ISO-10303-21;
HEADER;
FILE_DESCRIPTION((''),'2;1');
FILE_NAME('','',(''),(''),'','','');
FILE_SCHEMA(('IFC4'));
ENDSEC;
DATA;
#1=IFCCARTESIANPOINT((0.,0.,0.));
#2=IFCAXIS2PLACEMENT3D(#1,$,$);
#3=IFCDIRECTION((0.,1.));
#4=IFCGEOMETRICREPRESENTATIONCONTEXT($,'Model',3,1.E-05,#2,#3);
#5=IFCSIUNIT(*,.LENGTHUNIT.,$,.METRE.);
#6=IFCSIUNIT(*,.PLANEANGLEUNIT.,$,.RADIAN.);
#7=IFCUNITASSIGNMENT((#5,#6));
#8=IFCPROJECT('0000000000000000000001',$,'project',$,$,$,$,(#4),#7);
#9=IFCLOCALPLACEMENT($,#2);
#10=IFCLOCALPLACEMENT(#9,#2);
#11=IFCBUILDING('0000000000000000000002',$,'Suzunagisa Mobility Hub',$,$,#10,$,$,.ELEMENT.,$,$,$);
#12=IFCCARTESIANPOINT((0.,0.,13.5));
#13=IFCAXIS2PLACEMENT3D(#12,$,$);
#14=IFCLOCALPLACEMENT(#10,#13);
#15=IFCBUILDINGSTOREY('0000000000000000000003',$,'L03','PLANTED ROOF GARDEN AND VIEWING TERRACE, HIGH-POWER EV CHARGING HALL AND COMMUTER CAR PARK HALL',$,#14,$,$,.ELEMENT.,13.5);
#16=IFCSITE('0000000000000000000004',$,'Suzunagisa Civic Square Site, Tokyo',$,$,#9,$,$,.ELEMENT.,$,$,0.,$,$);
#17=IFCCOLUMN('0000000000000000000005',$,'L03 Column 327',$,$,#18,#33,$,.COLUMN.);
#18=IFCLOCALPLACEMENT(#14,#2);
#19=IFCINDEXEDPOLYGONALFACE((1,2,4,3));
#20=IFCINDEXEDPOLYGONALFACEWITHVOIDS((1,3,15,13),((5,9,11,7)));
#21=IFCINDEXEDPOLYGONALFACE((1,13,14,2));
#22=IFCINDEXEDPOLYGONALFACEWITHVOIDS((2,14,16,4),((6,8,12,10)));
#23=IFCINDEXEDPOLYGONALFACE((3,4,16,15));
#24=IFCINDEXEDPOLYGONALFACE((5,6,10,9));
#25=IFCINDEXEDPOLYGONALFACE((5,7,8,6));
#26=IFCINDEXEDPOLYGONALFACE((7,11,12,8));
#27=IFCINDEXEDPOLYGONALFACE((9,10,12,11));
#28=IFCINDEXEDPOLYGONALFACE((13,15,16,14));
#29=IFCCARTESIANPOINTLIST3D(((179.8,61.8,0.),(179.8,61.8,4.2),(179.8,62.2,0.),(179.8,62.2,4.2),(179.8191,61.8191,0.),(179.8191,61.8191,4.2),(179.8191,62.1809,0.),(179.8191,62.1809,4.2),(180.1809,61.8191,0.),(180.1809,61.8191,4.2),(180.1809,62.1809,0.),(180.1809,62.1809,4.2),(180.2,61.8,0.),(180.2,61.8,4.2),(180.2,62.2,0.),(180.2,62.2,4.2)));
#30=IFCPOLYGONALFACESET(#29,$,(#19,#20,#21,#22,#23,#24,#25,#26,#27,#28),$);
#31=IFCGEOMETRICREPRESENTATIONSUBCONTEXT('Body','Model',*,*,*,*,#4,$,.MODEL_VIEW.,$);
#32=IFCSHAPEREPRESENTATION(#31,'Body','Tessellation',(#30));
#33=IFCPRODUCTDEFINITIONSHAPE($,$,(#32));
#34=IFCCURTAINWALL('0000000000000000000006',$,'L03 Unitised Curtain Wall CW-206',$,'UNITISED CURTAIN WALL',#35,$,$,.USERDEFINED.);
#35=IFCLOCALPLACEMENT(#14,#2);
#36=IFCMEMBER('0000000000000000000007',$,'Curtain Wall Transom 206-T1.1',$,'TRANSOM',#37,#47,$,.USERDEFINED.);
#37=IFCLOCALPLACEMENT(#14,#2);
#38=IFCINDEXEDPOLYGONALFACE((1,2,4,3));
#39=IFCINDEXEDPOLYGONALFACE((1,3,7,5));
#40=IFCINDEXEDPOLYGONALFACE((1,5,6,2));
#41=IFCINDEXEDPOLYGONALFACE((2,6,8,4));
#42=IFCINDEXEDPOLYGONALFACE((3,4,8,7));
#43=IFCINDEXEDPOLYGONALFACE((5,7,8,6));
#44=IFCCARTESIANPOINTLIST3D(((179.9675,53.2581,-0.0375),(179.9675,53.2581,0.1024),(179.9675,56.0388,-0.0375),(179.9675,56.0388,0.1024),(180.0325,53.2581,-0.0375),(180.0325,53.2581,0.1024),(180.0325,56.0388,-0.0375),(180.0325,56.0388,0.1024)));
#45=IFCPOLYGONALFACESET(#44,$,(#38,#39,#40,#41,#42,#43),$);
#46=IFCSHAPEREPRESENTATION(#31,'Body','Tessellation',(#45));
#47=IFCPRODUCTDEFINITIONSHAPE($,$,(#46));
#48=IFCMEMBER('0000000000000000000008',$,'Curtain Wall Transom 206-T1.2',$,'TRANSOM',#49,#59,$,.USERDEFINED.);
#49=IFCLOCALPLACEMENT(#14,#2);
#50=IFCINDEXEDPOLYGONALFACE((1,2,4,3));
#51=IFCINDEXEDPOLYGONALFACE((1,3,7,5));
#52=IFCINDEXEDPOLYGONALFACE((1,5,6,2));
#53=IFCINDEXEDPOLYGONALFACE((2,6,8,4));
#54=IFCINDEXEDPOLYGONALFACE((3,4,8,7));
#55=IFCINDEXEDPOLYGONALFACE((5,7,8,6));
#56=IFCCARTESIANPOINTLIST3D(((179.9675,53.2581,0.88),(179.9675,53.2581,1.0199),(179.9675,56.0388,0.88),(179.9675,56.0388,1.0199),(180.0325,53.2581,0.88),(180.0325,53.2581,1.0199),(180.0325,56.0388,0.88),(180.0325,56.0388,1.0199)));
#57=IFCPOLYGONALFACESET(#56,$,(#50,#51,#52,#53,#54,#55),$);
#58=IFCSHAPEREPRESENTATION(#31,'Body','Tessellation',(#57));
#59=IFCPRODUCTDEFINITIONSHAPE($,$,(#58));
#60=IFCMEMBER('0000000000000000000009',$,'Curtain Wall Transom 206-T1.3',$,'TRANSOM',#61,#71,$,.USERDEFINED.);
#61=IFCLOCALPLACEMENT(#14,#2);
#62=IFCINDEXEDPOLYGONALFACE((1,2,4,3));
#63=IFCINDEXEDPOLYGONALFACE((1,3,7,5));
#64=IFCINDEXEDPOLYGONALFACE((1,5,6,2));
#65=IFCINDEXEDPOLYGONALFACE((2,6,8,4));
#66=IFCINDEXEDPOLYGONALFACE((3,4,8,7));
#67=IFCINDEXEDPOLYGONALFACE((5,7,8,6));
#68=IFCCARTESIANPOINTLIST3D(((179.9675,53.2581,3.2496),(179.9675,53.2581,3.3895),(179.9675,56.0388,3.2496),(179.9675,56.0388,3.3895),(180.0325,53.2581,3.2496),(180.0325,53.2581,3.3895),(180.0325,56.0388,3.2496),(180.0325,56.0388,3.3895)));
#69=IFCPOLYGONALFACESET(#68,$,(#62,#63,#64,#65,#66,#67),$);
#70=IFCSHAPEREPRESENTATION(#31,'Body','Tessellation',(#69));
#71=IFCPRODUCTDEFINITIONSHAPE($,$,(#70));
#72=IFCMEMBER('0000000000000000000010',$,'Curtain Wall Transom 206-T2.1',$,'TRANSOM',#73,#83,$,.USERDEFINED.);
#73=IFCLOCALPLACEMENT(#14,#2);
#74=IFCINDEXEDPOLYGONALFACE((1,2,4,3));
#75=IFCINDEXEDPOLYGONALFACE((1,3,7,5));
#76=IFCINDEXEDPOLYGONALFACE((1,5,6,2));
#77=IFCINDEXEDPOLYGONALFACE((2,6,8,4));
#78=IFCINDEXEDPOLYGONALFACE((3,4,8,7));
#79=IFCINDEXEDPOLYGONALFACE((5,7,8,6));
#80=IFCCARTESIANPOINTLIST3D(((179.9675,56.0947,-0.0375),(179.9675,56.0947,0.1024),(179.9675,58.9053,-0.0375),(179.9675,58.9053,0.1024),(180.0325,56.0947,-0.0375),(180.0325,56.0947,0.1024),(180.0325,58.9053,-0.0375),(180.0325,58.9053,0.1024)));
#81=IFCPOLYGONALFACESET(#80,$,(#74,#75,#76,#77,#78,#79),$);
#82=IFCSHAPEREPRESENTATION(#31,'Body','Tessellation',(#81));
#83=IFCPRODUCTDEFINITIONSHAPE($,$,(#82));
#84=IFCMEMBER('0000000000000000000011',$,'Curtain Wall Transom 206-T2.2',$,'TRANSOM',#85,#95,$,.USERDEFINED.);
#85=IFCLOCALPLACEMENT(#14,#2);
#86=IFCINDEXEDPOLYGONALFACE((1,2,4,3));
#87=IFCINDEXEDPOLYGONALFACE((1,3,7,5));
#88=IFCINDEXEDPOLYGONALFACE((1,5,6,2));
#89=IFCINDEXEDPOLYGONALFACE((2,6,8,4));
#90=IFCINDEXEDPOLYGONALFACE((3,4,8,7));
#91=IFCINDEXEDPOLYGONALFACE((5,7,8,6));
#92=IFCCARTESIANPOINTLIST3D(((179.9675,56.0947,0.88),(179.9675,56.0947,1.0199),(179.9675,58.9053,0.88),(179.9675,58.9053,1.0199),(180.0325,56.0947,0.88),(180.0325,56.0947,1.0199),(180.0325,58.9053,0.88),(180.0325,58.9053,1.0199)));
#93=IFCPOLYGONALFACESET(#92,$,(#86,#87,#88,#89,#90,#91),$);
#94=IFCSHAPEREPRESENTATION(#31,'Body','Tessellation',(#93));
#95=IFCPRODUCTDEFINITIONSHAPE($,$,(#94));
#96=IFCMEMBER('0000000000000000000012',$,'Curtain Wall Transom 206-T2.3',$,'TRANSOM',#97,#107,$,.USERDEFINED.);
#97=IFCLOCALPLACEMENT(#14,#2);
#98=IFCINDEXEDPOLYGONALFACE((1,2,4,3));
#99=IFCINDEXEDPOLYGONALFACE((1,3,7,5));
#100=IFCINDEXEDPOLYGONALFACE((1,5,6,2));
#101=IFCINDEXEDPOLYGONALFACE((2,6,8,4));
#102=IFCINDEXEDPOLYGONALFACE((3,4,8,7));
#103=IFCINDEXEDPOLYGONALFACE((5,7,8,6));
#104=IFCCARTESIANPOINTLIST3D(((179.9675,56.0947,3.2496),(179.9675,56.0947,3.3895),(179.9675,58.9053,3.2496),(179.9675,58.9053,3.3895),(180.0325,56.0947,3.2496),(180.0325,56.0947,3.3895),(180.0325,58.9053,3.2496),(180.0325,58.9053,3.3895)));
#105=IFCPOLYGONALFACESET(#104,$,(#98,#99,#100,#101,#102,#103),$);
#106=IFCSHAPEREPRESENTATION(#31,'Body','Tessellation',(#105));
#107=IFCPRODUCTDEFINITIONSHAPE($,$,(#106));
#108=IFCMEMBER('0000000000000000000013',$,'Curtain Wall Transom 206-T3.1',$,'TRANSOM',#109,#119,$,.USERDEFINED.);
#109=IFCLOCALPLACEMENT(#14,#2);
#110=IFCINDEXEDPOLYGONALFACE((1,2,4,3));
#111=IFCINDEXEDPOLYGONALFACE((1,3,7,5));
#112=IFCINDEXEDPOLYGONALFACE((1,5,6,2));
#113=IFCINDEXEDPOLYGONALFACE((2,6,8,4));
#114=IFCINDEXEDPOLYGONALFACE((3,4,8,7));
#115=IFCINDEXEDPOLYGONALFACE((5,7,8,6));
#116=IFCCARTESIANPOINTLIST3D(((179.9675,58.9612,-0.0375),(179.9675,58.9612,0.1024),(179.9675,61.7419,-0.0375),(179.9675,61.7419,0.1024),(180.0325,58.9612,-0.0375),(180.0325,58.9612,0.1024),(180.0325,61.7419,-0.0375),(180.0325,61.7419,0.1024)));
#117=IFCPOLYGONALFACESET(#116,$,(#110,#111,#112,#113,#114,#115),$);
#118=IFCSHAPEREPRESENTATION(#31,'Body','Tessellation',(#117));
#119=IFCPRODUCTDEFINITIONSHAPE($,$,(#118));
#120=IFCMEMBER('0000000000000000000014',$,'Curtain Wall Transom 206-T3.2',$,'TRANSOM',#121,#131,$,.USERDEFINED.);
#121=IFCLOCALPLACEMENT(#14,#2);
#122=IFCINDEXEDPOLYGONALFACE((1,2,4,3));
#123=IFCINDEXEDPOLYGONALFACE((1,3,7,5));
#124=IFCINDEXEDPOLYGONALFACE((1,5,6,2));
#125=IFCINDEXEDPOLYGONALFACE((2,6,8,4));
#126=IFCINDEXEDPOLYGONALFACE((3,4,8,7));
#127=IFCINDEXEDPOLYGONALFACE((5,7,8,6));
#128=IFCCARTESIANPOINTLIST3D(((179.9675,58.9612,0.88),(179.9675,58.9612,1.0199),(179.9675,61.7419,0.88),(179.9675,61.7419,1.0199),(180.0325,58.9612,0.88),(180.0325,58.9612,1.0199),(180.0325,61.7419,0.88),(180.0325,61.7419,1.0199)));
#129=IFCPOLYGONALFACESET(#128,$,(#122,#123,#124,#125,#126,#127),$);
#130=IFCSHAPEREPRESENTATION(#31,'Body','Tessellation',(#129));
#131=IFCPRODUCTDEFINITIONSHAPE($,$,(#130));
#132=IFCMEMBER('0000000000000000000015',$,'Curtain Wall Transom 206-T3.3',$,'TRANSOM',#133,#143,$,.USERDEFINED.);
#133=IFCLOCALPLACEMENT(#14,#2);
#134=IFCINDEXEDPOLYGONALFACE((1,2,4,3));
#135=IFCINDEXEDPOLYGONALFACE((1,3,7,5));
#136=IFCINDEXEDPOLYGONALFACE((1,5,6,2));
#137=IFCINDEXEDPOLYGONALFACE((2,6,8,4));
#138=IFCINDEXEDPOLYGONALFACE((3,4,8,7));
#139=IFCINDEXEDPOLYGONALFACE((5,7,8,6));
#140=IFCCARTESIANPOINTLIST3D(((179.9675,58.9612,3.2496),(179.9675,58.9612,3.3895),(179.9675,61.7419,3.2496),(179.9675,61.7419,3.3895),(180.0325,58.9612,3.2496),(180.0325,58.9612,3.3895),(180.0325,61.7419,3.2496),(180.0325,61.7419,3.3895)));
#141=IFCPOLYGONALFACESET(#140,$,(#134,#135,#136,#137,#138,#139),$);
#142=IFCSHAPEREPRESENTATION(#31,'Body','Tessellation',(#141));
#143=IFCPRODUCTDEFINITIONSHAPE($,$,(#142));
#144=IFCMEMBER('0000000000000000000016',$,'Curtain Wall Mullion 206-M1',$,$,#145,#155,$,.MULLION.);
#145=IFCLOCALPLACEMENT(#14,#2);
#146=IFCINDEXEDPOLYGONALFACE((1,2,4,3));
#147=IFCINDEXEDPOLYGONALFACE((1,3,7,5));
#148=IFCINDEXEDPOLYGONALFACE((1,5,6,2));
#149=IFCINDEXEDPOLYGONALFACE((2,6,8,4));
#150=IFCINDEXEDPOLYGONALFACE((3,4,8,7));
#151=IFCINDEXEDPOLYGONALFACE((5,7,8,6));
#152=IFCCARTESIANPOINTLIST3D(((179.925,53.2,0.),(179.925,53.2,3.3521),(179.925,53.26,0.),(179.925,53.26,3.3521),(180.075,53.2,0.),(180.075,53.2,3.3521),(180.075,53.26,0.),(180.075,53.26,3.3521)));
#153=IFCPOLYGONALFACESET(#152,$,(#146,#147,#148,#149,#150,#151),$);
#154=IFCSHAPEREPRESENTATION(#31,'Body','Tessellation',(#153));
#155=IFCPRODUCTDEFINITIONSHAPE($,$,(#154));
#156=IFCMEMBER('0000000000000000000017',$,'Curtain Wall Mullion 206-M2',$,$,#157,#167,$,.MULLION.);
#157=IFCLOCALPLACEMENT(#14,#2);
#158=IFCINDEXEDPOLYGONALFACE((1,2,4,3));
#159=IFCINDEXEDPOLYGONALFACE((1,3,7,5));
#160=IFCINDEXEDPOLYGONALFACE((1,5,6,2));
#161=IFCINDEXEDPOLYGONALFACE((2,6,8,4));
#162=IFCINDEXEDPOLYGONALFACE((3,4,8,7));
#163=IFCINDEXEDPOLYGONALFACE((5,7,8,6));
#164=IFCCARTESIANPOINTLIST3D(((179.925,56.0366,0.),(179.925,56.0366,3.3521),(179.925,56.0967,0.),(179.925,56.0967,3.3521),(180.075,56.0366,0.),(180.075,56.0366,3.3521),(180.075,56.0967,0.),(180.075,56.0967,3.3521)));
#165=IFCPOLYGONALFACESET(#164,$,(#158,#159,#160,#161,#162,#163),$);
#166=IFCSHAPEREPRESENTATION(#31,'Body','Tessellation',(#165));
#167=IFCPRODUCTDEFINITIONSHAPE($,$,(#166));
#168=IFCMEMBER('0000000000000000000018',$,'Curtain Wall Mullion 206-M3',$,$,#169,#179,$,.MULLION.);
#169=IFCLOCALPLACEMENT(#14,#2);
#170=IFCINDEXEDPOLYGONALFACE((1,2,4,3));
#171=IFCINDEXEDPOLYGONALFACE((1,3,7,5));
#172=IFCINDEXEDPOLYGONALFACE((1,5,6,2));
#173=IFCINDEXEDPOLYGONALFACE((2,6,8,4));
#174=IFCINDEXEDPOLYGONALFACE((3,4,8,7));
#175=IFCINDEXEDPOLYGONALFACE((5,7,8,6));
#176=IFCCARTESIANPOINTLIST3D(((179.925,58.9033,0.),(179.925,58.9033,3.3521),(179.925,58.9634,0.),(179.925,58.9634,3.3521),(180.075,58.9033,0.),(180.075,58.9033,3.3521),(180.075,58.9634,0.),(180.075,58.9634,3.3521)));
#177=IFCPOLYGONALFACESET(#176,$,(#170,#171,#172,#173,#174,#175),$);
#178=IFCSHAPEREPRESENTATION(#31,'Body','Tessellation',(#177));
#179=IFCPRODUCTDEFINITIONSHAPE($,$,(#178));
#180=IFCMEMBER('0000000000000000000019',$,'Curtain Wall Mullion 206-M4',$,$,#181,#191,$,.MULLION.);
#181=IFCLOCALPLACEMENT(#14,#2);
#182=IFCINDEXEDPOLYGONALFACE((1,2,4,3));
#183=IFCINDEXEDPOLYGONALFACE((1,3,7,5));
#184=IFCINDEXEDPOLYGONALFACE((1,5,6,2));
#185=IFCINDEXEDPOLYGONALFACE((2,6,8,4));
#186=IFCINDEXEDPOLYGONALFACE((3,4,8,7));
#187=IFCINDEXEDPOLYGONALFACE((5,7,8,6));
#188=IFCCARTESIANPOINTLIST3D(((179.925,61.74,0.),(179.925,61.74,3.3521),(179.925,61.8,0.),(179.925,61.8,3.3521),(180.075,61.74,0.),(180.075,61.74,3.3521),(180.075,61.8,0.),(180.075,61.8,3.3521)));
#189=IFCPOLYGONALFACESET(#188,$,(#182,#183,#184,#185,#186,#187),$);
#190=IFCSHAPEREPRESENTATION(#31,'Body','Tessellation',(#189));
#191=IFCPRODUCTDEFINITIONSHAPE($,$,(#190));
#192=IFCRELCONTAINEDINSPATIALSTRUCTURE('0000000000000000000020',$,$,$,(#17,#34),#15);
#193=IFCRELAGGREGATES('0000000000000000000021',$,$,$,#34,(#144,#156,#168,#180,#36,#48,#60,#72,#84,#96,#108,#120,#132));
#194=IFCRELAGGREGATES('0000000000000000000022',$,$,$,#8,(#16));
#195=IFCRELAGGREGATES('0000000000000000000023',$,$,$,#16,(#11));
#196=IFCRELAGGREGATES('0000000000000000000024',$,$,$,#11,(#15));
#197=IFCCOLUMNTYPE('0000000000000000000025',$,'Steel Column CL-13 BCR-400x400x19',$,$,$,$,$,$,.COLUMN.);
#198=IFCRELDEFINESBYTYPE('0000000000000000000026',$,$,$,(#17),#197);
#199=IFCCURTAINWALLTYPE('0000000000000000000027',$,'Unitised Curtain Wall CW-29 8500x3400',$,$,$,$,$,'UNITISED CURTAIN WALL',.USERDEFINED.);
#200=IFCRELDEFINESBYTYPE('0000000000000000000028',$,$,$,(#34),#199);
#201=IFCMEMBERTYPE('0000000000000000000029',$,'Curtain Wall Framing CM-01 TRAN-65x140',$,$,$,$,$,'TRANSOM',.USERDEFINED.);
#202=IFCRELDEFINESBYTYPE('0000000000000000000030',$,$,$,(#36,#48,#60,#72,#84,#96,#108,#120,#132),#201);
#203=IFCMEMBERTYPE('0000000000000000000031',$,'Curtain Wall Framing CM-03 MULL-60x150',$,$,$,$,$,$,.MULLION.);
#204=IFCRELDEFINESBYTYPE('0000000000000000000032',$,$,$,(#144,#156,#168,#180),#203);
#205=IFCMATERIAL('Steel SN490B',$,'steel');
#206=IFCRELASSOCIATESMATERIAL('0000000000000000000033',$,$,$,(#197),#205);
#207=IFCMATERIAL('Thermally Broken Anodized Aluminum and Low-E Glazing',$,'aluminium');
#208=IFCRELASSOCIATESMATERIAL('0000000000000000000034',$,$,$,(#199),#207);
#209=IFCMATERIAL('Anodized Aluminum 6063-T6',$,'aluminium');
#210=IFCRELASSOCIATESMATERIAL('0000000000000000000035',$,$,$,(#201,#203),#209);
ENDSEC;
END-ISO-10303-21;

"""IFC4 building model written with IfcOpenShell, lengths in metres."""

from ifc_helpers import new_model, si_unit, direction, frame, origin, origin_2d, place, context, subcontext, project, spatial, rectangle, hollow_rectangle, extrude, material, material_profile, profile_set, type_object, element, aggregate, save


model = new_model("IFC4")

# Units and contexts
model_context = context("Model", 3, precision=1e-05, world=origin(), true_north=direction((0.0, 1.0)))
body_context = subcontext(model_context, "Body", "Model", "MODEL_VIEW")
ifc_project = project(units=[si_unit("LENGTHUNIT", "METRE"), si_unit("PLANEANGLEUNIT", "RADIAN")], contexts=[model_context])

# Site, building, storey
site_placement = place(None, origin())
site = spatial("IfcSite", under=ifc_project, at=site_placement, Name="Suzunagisa Civic Square Site, Tokyo", CompositionType="ELEMENT", RefElevation=0.0)
building_placement = place(site_placement, origin())
building = spatial("IfcBuilding", under=site, at=building_placement, Name="Suzunagisa Mobility Hub", CompositionType="ELEMENT")
storey_placement = place(building_placement, frame((0.0, 0.0, 13.5)))
storey = spatial("IfcBuildingStorey", under=building, at=storey_placement, Name="L03", Description="PLANTED ROOF GARDEN AND VIEWING TERRACE, HIGH-POWER EV CHARGING HALL AND COMMUTER CAR PARK HALL", CompositionType="ELEMENT", Elevation=13.5)

# Column
ifc_material_1 = material(Name="Steel SN490B", Category="steel")
ifc_material_profile_1 = material_profile(ifc_material_1, hollow_rectangle(XDim=0.3999, YDim=0.3999, WallThickness=0.019, at=origin_2d()), Name="BCR-400x400x19")
ifc_profile_set_1 = profile_set([ifc_material_profile_1], Name="Steel SN490B")
column_type = type_object("IfcColumnType", Name="Steel Column CL-13 BCR-400x400x19", PredefinedType="COLUMN", material=ifc_profile_set_1)
column_placement = place(storey_placement, frame((180.0, 62.0, 0.0), z_axis=(0.0, 0.0, 1.0), x_axis=(1.0, 0.0, 0.0)))
element("IfcColumn", 1, at=column_placement, inside=storey, type_object=column_type, Name="L03 Column 327", PredefinedType="COLUMN", context=body_context, shape_type="SweptSolid", body=[
    extrude(hollow_rectangle(XDim=0.3999, YDim=0.3999, WallThickness=0.019, at=origin_2d()), origin(), (0.0, 0.0, 1.0), 4.2),
])

# Curtain wall, members
ifc_material_2 = material(Name="Thermally Broken Anodized Aluminum and Low-E Glazing", Category="aluminium")
curtain_wall_type = type_object("IfcCurtainWallType", Name="Unitised Curtain Wall CW-29 8500x3400", ElementType="UNITISED CURTAIN WALL", PredefinedType="USERDEFINED", material=ifc_material_2)
curtain_wall_placement = place(storey_placement, origin())
curtain_wall = element("IfcCurtainWall", 2, at=curtain_wall_placement, inside=storey, type_object=curtain_wall_type, Name="L03 Unitised Curtain Wall CW-206", ObjectType="UNITISED CURTAIN WALL", PredefinedType="USERDEFINED")
ifc_material_3 = material(Name="Anodized Aluminum 6063-T6", Category="aluminium")
ifc_material_profile_2 = material_profile(ifc_material_3, rectangle(XDim=0.0649, YDim=0.1399, at=origin_2d()), Name="TRAN-65x140")
ifc_profile_set_2 = profile_set([ifc_material_profile_2], Name="Anodized Aluminum 6063-T6")
member_type_1 = type_object("IfcMemberType", Name="Curtain Wall Framing CM-01 TRAN-65x140", ElementType="TRANSOM", PredefinedType="USERDEFINED", material=ifc_profile_set_2)
member_1_placement = place(storey_placement, frame((180.0, 53.2581, 0.0325), z_axis=(0.0, 1.0, 0.0), x_axis=(-1.0, 0.0, 0.0)))
member_1 = element("IfcMember", 3, at=member_1_placement, type_object=member_type_1, Name="Curtain Wall Transom 206-T1.1", ObjectType="TRANSOM", PredefinedType="USERDEFINED", context=body_context, shape_type="SweptSolid", body=[
    extrude(rectangle(XDim=0.0649, YDim=0.1399, at=origin_2d()), origin(), (0.0, 0.0, 1.0), 2.7808),
])
member_2_placement = place(storey_placement, frame((180.0, 53.2581, 0.95), z_axis=(0.0, 1.0, 0.0), x_axis=(-1.0, 0.0, 0.0)))
member_2 = element("IfcMember", 4, at=member_2_placement, type_object=member_type_1, Name="Curtain Wall Transom 206-T1.2", ObjectType="TRANSOM", PredefinedType="USERDEFINED", context=body_context, shape_type="SweptSolid", body=[
    extrude(rectangle(XDim=0.0649, YDim=0.1399, at=origin_2d()), origin(), (0.0, 0.0, 1.0), 2.7808),
])
member_3_placement = place(storey_placement, frame((180.0, 53.2581, 3.3196), z_axis=(0.0, 1.0, 0.0), x_axis=(-1.0, 0.0, 0.0)))
member_3 = element("IfcMember", 5, at=member_3_placement, type_object=member_type_1, Name="Curtain Wall Transom 206-T1.3", ObjectType="TRANSOM", PredefinedType="USERDEFINED", context=body_context, shape_type="SweptSolid", body=[
    extrude(rectangle(XDim=0.0649, YDim=0.1399, at=origin_2d()), origin(), (0.0, 0.0, 1.0), 2.7808),
])
member_4_placement = place(storey_placement, frame((180.0, 56.0947, 0.0325), z_axis=(0.0, 1.0, 0.0), x_axis=(-1.0, 0.0, 0.0)))
member_4 = element("IfcMember", 6, at=member_4_placement, type_object=member_type_1, Name="Curtain Wall Transom 206-T2.1", ObjectType="TRANSOM", PredefinedType="USERDEFINED", context=body_context, shape_type="SweptSolid", body=[
    extrude(rectangle(XDim=0.0649, YDim=0.1399, at=origin_2d()), origin(), (0.0, 0.0, 1.0), 2.8105),
])
member_5_placement = place(storey_placement, frame((180.0, 56.0947, 0.95), z_axis=(0.0, 1.0, 0.0), x_axis=(-1.0, 0.0, 0.0)))
member_5 = element("IfcMember", 7, at=member_5_placement, type_object=member_type_1, Name="Curtain Wall Transom 206-T2.2", ObjectType="TRANSOM", PredefinedType="USERDEFINED", context=body_context, shape_type="SweptSolid", body=[
    extrude(rectangle(XDim=0.0649, YDim=0.1399, at=origin_2d()), origin(), (0.0, 0.0, 1.0), 2.8105),
])
member_6_placement = place(storey_placement, frame((180.0, 56.0947, 3.3196), z_axis=(0.0, 1.0, 0.0), x_axis=(-1.0, 0.0, 0.0)))
member_6 = element("IfcMember", 8, at=member_6_placement, type_object=member_type_1, Name="Curtain Wall Transom 206-T2.3", ObjectType="TRANSOM", PredefinedType="USERDEFINED", context=body_context, shape_type="SweptSolid", body=[
    extrude(rectangle(XDim=0.0649, YDim=0.1399, at=origin_2d()), origin(), (0.0, 0.0, 1.0), 2.8105),
])
member_7_placement = place(storey_placement, frame((180.0, 58.9612, 0.0325), z_axis=(0.0, 1.0, 0.0), x_axis=(-1.0, 0.0, 0.0)))
member_7 = element("IfcMember", 9, at=member_7_placement, type_object=member_type_1, Name="Curtain Wall Transom 206-T3.1", ObjectType="TRANSOM", PredefinedType="USERDEFINED", context=body_context, shape_type="SweptSolid", body=[
    extrude(rectangle(XDim=0.0649, YDim=0.1399, at=origin_2d()), origin(), (0.0, 0.0, 1.0), 2.7808),
])
member_8_placement = place(storey_placement, frame((180.0, 58.9612, 0.95), z_axis=(0.0, 1.0, 0.0), x_axis=(-1.0, 0.0, 0.0)))
member_8 = element("IfcMember", 10, at=member_8_placement, type_object=member_type_1, Name="Curtain Wall Transom 206-T3.2", ObjectType="TRANSOM", PredefinedType="USERDEFINED", context=body_context, shape_type="SweptSolid", body=[
    extrude(rectangle(XDim=0.0649, YDim=0.1399, at=origin_2d()), origin(), (0.0, 0.0, 1.0), 2.7808),
])
member_9_placement = place(storey_placement, frame((180.0, 58.9612, 3.3196), z_axis=(0.0, 1.0, 0.0), x_axis=(-1.0, 0.0, 0.0)))
member_9 = element("IfcMember", 11, at=member_9_placement, type_object=member_type_1, Name="Curtain Wall Transom 206-T3.3", ObjectType="TRANSOM", PredefinedType="USERDEFINED", context=body_context, shape_type="SweptSolid", body=[
    extrude(rectangle(XDim=0.0649, YDim=0.1399, at=origin_2d()), origin(), (0.0, 0.0, 1.0), 2.7808),
])
ifc_material_profile_3 = material_profile(ifc_material_3, rectangle(XDim=0.0601, YDim=0.1499, at=origin_2d()), Name="MULL-60x150")
ifc_profile_set_3 = profile_set([ifc_material_profile_3], Name="Anodized Aluminum 6063-T6")
member_type_2 = type_object("IfcMemberType", Name="Curtain Wall Framing CM-03 MULL-60x150", PredefinedType="MULLION", material=ifc_profile_set_3)
member_10_placement = place(storey_placement, frame((180.0, 53.23, 0.0), z_axis=(0.0, 0.0, 1.0), x_axis=(0.0, 1.0, 0.0)))
member_10 = element("IfcMember", 12, at=member_10_placement, type_object=member_type_2, Name="Curtain Wall Mullion 206-M1", PredefinedType="MULLION", context=body_context, shape_type="SweptSolid", body=[
    extrude(rectangle(XDim=0.0601, YDim=0.1499, at=origin_2d()), origin(), (0.0, 0.0, 1.0), 3.3521),
])
member_11_placement = place(storey_placement, frame((180.0, 56.0667, 0.0), z_axis=(0.0, 0.0, 1.0), x_axis=(0.0, 1.0, 0.0)))
member_11 = element("IfcMember", 13, at=member_11_placement, type_object=member_type_2, Name="Curtain Wall Mullion 206-M2", PredefinedType="MULLION", context=body_context, shape_type="SweptSolid", body=[
    extrude(rectangle(XDim=0.0601, YDim=0.1499, at=origin_2d()), origin(), (0.0, 0.0, 1.0), 3.3521),
])
member_12_placement = place(storey_placement, frame((180.0, 58.9333, 0.0), z_axis=(0.0, 0.0, 1.0), x_axis=(0.0, 1.0, 0.0)))
member_12 = element("IfcMember", 14, at=member_12_placement, type_object=member_type_2, Name="Curtain Wall Mullion 206-M3", PredefinedType="MULLION", context=body_context, shape_type="SweptSolid", body=[
    extrude(rectangle(XDim=0.0601, YDim=0.1499, at=origin_2d()), origin(), (0.0, 0.0, 1.0), 3.3521),
])
member_13_placement = place(storey_placement, frame((180.0, 61.77, 0.0), z_axis=(0.0, 0.0, 1.0), x_axis=(0.0, 1.0, 0.0)))
member_13 = element("IfcMember", 15, at=member_13_placement, type_object=member_type_2, Name="Curtain Wall Mullion 206-M4", PredefinedType="MULLION", context=body_context, shape_type="SweptSolid", body=[
    extrude(rectangle(XDim=0.0601, YDim=0.1499, at=origin_2d()), origin(), (0.0, 0.0, 1.0), 3.3521),
])

aggregate(curtain_wall, [member_10, member_11, member_12, member_13, member_1, member_2, member_3, member_4, member_5, member_6, member_7, member_8, member_9])

save(model, "model.ifc")
